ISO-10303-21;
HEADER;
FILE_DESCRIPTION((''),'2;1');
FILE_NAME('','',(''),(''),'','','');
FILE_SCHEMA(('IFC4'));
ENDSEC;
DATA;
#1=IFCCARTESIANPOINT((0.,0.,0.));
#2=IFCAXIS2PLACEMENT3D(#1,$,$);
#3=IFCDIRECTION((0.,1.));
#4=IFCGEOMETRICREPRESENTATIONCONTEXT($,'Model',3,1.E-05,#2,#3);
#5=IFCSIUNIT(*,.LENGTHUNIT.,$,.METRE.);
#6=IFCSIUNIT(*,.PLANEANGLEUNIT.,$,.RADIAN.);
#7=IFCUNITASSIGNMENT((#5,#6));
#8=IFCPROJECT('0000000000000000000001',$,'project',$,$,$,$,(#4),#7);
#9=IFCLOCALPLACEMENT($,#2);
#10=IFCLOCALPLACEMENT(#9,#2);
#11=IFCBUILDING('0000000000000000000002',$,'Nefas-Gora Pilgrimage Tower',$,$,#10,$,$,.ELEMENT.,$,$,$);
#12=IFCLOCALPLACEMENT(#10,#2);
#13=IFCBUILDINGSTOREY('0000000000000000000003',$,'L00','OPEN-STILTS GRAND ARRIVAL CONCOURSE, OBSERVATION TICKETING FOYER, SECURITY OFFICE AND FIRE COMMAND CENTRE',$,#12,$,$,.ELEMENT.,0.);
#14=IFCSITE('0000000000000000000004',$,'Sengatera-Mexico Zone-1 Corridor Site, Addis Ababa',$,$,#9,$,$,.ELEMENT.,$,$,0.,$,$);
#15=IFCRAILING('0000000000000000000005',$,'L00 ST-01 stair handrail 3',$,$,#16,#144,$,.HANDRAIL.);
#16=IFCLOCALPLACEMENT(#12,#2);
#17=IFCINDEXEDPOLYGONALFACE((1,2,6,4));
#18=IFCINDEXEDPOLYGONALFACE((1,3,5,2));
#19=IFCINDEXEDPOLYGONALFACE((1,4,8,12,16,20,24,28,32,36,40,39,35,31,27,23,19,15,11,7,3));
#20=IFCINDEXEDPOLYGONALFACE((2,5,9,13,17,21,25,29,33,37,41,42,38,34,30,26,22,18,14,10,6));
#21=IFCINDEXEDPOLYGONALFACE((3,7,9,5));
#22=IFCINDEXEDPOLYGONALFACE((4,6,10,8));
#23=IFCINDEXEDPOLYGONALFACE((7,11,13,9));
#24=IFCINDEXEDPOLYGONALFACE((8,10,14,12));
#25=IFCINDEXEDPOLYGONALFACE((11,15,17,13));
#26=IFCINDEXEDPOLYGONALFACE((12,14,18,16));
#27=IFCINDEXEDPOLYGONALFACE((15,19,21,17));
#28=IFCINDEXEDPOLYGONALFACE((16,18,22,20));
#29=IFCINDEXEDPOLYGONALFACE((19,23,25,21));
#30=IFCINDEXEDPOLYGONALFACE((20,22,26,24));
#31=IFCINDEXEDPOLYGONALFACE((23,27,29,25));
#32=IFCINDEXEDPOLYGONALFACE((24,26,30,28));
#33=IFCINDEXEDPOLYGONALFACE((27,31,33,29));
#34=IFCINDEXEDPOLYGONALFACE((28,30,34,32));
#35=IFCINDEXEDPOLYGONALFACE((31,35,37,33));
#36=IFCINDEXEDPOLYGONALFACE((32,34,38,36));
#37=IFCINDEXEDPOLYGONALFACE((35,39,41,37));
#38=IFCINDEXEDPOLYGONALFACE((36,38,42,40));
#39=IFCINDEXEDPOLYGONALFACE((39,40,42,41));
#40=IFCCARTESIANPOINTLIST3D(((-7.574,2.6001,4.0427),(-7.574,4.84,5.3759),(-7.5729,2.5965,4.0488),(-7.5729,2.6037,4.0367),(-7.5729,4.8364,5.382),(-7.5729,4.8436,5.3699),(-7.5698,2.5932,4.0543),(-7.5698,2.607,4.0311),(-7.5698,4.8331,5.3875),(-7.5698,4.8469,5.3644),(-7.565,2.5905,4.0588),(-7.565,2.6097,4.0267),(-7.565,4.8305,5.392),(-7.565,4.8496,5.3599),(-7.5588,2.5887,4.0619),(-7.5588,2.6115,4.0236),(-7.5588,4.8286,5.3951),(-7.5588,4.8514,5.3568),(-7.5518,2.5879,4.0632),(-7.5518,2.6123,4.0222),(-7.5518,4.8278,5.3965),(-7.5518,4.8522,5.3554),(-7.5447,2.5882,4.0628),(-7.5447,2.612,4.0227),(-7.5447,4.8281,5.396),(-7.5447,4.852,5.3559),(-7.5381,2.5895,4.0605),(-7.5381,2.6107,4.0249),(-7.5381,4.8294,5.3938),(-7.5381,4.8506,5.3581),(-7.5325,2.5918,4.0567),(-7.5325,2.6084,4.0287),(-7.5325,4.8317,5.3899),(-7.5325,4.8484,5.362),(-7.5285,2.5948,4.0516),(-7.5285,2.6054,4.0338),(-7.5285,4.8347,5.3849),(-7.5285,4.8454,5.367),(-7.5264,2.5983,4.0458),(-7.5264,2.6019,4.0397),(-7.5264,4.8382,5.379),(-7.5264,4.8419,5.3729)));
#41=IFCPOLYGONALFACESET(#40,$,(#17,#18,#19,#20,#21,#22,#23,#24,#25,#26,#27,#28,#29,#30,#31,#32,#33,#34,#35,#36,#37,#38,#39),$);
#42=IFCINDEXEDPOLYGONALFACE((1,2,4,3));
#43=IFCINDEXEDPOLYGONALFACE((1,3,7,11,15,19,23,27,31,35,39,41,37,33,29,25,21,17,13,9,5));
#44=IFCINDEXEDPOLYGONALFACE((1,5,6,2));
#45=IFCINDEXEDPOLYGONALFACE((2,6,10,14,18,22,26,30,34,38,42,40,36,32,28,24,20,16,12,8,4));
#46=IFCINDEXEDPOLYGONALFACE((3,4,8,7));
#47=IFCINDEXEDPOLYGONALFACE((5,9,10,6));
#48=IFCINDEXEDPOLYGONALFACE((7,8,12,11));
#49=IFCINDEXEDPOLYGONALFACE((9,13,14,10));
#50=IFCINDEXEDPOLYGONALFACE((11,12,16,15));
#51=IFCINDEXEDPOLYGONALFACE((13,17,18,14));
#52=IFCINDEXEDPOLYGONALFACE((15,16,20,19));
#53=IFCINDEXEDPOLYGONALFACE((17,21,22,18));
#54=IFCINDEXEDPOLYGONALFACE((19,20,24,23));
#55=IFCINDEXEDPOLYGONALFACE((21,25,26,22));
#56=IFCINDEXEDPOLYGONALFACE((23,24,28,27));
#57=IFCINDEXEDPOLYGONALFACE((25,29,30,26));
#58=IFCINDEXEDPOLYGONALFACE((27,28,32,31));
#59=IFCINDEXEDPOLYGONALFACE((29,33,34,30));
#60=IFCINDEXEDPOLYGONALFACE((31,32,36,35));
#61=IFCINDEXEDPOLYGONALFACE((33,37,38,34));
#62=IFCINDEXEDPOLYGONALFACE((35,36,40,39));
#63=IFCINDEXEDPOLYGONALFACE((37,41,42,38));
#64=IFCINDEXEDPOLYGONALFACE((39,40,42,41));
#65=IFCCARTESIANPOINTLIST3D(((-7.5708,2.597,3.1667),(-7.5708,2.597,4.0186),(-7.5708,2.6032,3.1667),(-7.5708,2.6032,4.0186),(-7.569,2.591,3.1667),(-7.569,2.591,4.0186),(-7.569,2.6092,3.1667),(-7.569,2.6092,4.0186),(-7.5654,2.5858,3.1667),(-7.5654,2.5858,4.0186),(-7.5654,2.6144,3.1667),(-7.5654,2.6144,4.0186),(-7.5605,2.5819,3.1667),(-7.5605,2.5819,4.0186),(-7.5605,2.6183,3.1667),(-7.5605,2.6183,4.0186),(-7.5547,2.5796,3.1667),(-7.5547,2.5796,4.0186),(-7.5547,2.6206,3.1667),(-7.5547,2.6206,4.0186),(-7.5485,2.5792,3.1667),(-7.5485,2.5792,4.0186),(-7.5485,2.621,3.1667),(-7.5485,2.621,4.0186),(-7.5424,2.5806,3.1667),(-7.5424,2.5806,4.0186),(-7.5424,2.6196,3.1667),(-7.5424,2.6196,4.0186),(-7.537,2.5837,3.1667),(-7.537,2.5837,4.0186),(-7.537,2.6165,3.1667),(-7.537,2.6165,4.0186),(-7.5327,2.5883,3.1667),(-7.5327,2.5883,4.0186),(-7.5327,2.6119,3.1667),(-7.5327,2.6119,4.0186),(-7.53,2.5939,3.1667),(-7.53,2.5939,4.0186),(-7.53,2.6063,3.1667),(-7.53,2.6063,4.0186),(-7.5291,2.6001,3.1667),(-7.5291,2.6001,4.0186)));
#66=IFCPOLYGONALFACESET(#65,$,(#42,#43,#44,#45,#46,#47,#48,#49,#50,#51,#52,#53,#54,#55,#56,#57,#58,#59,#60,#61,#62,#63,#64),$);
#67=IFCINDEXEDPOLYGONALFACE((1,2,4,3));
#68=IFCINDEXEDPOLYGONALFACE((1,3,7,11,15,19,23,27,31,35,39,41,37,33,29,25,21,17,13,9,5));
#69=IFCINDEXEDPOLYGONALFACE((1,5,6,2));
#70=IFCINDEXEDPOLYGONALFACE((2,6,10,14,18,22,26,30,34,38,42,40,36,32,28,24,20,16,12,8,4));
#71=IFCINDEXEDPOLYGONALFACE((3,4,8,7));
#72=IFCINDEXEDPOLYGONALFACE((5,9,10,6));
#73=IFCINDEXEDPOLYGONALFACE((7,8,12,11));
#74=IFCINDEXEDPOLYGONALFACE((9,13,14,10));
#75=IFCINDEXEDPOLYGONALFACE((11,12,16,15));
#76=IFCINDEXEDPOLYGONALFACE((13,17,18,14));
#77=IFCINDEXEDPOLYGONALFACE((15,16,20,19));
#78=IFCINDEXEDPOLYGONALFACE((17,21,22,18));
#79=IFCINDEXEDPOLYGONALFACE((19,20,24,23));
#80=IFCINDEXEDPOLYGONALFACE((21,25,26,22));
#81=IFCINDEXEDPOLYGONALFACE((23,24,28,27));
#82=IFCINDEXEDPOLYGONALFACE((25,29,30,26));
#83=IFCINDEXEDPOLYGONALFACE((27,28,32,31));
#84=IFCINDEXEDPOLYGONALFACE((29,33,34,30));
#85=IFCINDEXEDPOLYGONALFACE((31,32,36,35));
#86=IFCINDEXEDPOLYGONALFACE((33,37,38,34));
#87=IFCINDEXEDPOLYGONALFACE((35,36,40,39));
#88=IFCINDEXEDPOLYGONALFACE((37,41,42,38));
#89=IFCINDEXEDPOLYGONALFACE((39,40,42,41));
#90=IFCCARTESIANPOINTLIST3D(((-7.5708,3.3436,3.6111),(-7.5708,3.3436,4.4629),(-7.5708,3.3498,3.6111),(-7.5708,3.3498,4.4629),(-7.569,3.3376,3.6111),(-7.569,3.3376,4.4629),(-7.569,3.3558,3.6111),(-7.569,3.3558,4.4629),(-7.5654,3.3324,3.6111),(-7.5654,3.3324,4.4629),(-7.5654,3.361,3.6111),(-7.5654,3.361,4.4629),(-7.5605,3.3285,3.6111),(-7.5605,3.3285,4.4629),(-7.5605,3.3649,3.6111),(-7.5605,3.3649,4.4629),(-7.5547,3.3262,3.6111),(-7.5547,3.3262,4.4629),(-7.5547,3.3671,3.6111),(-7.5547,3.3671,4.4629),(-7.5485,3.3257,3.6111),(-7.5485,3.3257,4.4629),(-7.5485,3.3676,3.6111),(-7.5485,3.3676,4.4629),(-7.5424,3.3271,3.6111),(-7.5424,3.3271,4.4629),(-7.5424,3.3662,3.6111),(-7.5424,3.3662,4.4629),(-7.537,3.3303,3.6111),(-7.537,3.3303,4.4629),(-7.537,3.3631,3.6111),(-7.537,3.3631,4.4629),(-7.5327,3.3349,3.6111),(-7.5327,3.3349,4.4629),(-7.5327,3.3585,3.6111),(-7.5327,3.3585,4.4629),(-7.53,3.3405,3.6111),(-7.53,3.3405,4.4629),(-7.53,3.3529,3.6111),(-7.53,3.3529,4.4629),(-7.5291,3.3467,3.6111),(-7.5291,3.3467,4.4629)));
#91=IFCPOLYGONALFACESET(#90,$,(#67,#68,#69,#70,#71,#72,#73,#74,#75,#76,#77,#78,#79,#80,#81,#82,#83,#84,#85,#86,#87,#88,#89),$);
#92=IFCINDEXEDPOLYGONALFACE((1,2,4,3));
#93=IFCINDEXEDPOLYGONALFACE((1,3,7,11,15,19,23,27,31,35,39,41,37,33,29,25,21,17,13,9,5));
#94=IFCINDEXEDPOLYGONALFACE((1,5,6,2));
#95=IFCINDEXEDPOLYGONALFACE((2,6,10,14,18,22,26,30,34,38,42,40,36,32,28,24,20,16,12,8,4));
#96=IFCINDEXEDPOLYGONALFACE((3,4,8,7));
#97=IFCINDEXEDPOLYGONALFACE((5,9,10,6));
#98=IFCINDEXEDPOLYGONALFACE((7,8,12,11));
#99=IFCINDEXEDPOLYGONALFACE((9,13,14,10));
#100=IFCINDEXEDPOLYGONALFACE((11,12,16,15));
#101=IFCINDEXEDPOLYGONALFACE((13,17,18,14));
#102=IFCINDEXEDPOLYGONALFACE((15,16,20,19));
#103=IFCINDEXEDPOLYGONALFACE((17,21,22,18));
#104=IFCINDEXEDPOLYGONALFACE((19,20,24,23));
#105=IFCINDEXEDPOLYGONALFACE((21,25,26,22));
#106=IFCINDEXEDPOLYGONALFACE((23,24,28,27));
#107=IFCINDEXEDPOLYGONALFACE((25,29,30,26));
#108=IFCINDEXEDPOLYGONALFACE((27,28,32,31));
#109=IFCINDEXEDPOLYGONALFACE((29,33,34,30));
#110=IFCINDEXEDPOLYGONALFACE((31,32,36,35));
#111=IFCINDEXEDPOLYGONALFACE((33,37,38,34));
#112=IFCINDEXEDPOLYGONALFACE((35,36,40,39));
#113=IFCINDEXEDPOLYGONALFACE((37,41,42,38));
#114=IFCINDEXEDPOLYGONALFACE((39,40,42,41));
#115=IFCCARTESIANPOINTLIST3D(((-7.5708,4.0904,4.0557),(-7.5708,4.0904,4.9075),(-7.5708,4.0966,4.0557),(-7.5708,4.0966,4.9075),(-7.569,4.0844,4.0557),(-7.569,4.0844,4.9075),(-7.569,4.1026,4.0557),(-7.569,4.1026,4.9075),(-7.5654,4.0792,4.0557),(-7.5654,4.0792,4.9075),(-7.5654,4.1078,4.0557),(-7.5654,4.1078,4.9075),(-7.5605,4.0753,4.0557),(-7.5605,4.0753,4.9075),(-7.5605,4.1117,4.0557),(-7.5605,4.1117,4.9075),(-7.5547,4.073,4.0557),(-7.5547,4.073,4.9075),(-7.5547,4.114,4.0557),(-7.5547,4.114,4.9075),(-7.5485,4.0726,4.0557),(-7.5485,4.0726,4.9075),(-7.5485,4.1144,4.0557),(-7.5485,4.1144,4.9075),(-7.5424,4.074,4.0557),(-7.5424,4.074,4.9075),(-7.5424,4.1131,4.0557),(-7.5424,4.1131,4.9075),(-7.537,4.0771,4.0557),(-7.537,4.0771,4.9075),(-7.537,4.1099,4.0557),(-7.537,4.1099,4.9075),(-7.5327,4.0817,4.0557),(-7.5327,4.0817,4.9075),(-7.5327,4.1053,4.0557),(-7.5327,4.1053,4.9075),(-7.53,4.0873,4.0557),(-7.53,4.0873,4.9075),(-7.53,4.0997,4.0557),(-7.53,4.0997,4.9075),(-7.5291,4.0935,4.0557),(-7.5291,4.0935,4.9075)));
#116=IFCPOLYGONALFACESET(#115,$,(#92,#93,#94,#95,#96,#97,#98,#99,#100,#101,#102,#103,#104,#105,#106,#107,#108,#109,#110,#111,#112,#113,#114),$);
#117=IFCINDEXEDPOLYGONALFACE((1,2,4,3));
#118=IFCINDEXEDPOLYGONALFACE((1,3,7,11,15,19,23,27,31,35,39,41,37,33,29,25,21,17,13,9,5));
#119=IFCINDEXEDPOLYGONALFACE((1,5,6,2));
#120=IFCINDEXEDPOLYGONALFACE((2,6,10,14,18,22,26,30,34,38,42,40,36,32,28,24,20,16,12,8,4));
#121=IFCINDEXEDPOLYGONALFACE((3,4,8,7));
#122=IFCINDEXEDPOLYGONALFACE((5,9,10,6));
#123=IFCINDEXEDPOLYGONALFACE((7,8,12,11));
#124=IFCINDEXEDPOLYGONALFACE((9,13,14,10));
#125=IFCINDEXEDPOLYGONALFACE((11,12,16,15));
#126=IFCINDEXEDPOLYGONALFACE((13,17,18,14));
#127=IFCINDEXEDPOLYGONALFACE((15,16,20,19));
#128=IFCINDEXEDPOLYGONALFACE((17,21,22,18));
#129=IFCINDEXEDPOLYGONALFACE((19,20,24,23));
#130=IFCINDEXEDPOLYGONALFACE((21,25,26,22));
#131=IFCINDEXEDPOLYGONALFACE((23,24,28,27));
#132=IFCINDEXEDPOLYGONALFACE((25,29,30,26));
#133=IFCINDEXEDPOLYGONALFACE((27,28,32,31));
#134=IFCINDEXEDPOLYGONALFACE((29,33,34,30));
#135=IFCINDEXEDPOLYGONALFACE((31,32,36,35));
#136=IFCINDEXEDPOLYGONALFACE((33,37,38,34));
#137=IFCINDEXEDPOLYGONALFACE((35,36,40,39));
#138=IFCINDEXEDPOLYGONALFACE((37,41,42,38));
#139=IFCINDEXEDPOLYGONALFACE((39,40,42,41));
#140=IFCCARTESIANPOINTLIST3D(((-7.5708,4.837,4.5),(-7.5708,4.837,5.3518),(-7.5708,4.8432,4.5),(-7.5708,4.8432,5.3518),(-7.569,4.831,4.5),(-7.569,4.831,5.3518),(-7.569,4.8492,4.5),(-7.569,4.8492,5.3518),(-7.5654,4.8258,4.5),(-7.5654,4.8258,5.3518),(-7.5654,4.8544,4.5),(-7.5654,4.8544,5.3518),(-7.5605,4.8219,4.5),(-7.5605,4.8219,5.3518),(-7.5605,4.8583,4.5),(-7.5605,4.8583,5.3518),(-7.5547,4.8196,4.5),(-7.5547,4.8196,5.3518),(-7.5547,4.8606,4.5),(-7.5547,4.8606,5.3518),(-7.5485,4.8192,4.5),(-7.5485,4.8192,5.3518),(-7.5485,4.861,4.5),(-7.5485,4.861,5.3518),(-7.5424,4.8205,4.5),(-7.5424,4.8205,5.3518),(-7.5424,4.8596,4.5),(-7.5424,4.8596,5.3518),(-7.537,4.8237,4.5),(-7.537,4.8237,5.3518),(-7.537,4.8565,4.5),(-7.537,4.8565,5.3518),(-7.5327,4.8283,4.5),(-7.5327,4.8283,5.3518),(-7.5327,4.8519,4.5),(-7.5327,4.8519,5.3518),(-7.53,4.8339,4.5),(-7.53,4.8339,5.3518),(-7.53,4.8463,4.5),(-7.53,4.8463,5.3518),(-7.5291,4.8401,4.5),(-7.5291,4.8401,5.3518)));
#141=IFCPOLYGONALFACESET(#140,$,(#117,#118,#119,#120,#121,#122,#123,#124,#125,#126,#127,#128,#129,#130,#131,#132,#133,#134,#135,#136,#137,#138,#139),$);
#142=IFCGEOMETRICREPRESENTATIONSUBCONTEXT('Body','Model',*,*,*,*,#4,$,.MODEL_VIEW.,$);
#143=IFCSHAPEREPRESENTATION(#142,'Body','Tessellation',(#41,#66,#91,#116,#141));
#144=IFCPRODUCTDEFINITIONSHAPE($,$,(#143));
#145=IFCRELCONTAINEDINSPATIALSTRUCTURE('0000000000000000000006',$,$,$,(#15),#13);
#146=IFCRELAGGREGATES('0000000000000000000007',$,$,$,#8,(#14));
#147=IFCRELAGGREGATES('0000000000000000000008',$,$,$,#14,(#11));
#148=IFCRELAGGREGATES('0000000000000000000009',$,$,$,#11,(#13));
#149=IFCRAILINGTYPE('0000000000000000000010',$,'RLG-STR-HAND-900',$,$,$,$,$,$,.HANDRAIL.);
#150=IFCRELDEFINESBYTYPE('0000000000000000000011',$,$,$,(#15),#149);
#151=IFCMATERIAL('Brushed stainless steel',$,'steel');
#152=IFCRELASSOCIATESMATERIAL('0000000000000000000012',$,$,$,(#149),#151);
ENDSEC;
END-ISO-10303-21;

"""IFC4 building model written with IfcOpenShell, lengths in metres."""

from ifc_helpers import new_model, si_unit, direction, frame, origin, origin_2d, place, context, subcontext, project, spatial, circle, extrude, material, type_object, element, save


model = new_model("IFC4")

# Units and contexts
model_context = context("Model", 3, precision=1e-05, world=origin(), true_north=direction((0.0, 1.0)))
body_context = subcontext(model_context, "Body", "Model", "MODEL_VIEW")
ifc_project = project(units=[si_unit("LENGTHUNIT", "METRE"), si_unit("PLANEANGLEUNIT", "RADIAN")], contexts=[model_context])

# Site, building, storey
site_placement = place(None, origin())
site = spatial("IfcSite", under=ifc_project, at=site_placement, Name="Sengatera-Mexico Zone-1 Corridor Site, Addis Ababa", CompositionType="ELEMENT", RefElevation=0.0)
building_placement = place(site_placement, origin())
building = spatial("IfcBuilding", under=site, at=building_placement, Name="Nefas-Gora Pilgrimage Tower", CompositionType="ELEMENT")
storey_placement = place(building_placement, origin())
storey = spatial("IfcBuildingStorey", under=building, at=storey_placement, Name="L00", Description="OPEN-STILTS GRAND ARRIVAL CONCOURSE, OBSERVATION TICKETING FOYER, SECURITY OFFICE AND FIRE COMMAND CENTRE", CompositionType="ELEMENT", Elevation=0.0)

# Railing
ifc_material_1 = material(Name="Brushed stainless steel", Category="steel")
railing_type_1 = type_object("IfcRailingType", Name="RLG-STR-HAND-900", PredefinedType="HANDRAIL", material=ifc_material_1)
railing_1_placement = place(storey_placement, frame((-7.55, 2.6001, 3.1667)))
element("IfcRailing", 1, at=railing_1_placement, inside=storey, type_object=railing_type_1, Name="L00 ST-01 stair handrail 3", PredefinedType="HANDRAIL", context=body_context, shape_type="SweptSolid", body=[
    extrude(circle(Radius=0.0239, at=origin_2d()), frame((0.0, 0.0, 0.876), z_axis=(0.0, 0.859306, 0.511462), x_axis=(-1.0, 0.0, 0.0)), (0.0, 0.0, 1.0), 2.6067),
    extrude(circle(Radius=0.021, at=origin_2d()), origin(), (0.0, 0.0, 1.0), 0.8518),
    extrude(circle(Radius=0.021, at=origin_2d()), frame((0.0, 0.7466, 0.4443)), (0.0, 0.0, 1.0), 0.8518),
    extrude(circle(Radius=0.021, at=origin_2d()), frame((0.0, 1.4934, 0.8889)), (0.0, 0.0, 1.0), 0.8518),
    extrude(circle(Radius=0.021, at=origin_2d()), frame((0.0, 2.24, 1.3333)), (0.0, 0.0, 1.0), 0.8518),
])

save(model, "model.ifc")
